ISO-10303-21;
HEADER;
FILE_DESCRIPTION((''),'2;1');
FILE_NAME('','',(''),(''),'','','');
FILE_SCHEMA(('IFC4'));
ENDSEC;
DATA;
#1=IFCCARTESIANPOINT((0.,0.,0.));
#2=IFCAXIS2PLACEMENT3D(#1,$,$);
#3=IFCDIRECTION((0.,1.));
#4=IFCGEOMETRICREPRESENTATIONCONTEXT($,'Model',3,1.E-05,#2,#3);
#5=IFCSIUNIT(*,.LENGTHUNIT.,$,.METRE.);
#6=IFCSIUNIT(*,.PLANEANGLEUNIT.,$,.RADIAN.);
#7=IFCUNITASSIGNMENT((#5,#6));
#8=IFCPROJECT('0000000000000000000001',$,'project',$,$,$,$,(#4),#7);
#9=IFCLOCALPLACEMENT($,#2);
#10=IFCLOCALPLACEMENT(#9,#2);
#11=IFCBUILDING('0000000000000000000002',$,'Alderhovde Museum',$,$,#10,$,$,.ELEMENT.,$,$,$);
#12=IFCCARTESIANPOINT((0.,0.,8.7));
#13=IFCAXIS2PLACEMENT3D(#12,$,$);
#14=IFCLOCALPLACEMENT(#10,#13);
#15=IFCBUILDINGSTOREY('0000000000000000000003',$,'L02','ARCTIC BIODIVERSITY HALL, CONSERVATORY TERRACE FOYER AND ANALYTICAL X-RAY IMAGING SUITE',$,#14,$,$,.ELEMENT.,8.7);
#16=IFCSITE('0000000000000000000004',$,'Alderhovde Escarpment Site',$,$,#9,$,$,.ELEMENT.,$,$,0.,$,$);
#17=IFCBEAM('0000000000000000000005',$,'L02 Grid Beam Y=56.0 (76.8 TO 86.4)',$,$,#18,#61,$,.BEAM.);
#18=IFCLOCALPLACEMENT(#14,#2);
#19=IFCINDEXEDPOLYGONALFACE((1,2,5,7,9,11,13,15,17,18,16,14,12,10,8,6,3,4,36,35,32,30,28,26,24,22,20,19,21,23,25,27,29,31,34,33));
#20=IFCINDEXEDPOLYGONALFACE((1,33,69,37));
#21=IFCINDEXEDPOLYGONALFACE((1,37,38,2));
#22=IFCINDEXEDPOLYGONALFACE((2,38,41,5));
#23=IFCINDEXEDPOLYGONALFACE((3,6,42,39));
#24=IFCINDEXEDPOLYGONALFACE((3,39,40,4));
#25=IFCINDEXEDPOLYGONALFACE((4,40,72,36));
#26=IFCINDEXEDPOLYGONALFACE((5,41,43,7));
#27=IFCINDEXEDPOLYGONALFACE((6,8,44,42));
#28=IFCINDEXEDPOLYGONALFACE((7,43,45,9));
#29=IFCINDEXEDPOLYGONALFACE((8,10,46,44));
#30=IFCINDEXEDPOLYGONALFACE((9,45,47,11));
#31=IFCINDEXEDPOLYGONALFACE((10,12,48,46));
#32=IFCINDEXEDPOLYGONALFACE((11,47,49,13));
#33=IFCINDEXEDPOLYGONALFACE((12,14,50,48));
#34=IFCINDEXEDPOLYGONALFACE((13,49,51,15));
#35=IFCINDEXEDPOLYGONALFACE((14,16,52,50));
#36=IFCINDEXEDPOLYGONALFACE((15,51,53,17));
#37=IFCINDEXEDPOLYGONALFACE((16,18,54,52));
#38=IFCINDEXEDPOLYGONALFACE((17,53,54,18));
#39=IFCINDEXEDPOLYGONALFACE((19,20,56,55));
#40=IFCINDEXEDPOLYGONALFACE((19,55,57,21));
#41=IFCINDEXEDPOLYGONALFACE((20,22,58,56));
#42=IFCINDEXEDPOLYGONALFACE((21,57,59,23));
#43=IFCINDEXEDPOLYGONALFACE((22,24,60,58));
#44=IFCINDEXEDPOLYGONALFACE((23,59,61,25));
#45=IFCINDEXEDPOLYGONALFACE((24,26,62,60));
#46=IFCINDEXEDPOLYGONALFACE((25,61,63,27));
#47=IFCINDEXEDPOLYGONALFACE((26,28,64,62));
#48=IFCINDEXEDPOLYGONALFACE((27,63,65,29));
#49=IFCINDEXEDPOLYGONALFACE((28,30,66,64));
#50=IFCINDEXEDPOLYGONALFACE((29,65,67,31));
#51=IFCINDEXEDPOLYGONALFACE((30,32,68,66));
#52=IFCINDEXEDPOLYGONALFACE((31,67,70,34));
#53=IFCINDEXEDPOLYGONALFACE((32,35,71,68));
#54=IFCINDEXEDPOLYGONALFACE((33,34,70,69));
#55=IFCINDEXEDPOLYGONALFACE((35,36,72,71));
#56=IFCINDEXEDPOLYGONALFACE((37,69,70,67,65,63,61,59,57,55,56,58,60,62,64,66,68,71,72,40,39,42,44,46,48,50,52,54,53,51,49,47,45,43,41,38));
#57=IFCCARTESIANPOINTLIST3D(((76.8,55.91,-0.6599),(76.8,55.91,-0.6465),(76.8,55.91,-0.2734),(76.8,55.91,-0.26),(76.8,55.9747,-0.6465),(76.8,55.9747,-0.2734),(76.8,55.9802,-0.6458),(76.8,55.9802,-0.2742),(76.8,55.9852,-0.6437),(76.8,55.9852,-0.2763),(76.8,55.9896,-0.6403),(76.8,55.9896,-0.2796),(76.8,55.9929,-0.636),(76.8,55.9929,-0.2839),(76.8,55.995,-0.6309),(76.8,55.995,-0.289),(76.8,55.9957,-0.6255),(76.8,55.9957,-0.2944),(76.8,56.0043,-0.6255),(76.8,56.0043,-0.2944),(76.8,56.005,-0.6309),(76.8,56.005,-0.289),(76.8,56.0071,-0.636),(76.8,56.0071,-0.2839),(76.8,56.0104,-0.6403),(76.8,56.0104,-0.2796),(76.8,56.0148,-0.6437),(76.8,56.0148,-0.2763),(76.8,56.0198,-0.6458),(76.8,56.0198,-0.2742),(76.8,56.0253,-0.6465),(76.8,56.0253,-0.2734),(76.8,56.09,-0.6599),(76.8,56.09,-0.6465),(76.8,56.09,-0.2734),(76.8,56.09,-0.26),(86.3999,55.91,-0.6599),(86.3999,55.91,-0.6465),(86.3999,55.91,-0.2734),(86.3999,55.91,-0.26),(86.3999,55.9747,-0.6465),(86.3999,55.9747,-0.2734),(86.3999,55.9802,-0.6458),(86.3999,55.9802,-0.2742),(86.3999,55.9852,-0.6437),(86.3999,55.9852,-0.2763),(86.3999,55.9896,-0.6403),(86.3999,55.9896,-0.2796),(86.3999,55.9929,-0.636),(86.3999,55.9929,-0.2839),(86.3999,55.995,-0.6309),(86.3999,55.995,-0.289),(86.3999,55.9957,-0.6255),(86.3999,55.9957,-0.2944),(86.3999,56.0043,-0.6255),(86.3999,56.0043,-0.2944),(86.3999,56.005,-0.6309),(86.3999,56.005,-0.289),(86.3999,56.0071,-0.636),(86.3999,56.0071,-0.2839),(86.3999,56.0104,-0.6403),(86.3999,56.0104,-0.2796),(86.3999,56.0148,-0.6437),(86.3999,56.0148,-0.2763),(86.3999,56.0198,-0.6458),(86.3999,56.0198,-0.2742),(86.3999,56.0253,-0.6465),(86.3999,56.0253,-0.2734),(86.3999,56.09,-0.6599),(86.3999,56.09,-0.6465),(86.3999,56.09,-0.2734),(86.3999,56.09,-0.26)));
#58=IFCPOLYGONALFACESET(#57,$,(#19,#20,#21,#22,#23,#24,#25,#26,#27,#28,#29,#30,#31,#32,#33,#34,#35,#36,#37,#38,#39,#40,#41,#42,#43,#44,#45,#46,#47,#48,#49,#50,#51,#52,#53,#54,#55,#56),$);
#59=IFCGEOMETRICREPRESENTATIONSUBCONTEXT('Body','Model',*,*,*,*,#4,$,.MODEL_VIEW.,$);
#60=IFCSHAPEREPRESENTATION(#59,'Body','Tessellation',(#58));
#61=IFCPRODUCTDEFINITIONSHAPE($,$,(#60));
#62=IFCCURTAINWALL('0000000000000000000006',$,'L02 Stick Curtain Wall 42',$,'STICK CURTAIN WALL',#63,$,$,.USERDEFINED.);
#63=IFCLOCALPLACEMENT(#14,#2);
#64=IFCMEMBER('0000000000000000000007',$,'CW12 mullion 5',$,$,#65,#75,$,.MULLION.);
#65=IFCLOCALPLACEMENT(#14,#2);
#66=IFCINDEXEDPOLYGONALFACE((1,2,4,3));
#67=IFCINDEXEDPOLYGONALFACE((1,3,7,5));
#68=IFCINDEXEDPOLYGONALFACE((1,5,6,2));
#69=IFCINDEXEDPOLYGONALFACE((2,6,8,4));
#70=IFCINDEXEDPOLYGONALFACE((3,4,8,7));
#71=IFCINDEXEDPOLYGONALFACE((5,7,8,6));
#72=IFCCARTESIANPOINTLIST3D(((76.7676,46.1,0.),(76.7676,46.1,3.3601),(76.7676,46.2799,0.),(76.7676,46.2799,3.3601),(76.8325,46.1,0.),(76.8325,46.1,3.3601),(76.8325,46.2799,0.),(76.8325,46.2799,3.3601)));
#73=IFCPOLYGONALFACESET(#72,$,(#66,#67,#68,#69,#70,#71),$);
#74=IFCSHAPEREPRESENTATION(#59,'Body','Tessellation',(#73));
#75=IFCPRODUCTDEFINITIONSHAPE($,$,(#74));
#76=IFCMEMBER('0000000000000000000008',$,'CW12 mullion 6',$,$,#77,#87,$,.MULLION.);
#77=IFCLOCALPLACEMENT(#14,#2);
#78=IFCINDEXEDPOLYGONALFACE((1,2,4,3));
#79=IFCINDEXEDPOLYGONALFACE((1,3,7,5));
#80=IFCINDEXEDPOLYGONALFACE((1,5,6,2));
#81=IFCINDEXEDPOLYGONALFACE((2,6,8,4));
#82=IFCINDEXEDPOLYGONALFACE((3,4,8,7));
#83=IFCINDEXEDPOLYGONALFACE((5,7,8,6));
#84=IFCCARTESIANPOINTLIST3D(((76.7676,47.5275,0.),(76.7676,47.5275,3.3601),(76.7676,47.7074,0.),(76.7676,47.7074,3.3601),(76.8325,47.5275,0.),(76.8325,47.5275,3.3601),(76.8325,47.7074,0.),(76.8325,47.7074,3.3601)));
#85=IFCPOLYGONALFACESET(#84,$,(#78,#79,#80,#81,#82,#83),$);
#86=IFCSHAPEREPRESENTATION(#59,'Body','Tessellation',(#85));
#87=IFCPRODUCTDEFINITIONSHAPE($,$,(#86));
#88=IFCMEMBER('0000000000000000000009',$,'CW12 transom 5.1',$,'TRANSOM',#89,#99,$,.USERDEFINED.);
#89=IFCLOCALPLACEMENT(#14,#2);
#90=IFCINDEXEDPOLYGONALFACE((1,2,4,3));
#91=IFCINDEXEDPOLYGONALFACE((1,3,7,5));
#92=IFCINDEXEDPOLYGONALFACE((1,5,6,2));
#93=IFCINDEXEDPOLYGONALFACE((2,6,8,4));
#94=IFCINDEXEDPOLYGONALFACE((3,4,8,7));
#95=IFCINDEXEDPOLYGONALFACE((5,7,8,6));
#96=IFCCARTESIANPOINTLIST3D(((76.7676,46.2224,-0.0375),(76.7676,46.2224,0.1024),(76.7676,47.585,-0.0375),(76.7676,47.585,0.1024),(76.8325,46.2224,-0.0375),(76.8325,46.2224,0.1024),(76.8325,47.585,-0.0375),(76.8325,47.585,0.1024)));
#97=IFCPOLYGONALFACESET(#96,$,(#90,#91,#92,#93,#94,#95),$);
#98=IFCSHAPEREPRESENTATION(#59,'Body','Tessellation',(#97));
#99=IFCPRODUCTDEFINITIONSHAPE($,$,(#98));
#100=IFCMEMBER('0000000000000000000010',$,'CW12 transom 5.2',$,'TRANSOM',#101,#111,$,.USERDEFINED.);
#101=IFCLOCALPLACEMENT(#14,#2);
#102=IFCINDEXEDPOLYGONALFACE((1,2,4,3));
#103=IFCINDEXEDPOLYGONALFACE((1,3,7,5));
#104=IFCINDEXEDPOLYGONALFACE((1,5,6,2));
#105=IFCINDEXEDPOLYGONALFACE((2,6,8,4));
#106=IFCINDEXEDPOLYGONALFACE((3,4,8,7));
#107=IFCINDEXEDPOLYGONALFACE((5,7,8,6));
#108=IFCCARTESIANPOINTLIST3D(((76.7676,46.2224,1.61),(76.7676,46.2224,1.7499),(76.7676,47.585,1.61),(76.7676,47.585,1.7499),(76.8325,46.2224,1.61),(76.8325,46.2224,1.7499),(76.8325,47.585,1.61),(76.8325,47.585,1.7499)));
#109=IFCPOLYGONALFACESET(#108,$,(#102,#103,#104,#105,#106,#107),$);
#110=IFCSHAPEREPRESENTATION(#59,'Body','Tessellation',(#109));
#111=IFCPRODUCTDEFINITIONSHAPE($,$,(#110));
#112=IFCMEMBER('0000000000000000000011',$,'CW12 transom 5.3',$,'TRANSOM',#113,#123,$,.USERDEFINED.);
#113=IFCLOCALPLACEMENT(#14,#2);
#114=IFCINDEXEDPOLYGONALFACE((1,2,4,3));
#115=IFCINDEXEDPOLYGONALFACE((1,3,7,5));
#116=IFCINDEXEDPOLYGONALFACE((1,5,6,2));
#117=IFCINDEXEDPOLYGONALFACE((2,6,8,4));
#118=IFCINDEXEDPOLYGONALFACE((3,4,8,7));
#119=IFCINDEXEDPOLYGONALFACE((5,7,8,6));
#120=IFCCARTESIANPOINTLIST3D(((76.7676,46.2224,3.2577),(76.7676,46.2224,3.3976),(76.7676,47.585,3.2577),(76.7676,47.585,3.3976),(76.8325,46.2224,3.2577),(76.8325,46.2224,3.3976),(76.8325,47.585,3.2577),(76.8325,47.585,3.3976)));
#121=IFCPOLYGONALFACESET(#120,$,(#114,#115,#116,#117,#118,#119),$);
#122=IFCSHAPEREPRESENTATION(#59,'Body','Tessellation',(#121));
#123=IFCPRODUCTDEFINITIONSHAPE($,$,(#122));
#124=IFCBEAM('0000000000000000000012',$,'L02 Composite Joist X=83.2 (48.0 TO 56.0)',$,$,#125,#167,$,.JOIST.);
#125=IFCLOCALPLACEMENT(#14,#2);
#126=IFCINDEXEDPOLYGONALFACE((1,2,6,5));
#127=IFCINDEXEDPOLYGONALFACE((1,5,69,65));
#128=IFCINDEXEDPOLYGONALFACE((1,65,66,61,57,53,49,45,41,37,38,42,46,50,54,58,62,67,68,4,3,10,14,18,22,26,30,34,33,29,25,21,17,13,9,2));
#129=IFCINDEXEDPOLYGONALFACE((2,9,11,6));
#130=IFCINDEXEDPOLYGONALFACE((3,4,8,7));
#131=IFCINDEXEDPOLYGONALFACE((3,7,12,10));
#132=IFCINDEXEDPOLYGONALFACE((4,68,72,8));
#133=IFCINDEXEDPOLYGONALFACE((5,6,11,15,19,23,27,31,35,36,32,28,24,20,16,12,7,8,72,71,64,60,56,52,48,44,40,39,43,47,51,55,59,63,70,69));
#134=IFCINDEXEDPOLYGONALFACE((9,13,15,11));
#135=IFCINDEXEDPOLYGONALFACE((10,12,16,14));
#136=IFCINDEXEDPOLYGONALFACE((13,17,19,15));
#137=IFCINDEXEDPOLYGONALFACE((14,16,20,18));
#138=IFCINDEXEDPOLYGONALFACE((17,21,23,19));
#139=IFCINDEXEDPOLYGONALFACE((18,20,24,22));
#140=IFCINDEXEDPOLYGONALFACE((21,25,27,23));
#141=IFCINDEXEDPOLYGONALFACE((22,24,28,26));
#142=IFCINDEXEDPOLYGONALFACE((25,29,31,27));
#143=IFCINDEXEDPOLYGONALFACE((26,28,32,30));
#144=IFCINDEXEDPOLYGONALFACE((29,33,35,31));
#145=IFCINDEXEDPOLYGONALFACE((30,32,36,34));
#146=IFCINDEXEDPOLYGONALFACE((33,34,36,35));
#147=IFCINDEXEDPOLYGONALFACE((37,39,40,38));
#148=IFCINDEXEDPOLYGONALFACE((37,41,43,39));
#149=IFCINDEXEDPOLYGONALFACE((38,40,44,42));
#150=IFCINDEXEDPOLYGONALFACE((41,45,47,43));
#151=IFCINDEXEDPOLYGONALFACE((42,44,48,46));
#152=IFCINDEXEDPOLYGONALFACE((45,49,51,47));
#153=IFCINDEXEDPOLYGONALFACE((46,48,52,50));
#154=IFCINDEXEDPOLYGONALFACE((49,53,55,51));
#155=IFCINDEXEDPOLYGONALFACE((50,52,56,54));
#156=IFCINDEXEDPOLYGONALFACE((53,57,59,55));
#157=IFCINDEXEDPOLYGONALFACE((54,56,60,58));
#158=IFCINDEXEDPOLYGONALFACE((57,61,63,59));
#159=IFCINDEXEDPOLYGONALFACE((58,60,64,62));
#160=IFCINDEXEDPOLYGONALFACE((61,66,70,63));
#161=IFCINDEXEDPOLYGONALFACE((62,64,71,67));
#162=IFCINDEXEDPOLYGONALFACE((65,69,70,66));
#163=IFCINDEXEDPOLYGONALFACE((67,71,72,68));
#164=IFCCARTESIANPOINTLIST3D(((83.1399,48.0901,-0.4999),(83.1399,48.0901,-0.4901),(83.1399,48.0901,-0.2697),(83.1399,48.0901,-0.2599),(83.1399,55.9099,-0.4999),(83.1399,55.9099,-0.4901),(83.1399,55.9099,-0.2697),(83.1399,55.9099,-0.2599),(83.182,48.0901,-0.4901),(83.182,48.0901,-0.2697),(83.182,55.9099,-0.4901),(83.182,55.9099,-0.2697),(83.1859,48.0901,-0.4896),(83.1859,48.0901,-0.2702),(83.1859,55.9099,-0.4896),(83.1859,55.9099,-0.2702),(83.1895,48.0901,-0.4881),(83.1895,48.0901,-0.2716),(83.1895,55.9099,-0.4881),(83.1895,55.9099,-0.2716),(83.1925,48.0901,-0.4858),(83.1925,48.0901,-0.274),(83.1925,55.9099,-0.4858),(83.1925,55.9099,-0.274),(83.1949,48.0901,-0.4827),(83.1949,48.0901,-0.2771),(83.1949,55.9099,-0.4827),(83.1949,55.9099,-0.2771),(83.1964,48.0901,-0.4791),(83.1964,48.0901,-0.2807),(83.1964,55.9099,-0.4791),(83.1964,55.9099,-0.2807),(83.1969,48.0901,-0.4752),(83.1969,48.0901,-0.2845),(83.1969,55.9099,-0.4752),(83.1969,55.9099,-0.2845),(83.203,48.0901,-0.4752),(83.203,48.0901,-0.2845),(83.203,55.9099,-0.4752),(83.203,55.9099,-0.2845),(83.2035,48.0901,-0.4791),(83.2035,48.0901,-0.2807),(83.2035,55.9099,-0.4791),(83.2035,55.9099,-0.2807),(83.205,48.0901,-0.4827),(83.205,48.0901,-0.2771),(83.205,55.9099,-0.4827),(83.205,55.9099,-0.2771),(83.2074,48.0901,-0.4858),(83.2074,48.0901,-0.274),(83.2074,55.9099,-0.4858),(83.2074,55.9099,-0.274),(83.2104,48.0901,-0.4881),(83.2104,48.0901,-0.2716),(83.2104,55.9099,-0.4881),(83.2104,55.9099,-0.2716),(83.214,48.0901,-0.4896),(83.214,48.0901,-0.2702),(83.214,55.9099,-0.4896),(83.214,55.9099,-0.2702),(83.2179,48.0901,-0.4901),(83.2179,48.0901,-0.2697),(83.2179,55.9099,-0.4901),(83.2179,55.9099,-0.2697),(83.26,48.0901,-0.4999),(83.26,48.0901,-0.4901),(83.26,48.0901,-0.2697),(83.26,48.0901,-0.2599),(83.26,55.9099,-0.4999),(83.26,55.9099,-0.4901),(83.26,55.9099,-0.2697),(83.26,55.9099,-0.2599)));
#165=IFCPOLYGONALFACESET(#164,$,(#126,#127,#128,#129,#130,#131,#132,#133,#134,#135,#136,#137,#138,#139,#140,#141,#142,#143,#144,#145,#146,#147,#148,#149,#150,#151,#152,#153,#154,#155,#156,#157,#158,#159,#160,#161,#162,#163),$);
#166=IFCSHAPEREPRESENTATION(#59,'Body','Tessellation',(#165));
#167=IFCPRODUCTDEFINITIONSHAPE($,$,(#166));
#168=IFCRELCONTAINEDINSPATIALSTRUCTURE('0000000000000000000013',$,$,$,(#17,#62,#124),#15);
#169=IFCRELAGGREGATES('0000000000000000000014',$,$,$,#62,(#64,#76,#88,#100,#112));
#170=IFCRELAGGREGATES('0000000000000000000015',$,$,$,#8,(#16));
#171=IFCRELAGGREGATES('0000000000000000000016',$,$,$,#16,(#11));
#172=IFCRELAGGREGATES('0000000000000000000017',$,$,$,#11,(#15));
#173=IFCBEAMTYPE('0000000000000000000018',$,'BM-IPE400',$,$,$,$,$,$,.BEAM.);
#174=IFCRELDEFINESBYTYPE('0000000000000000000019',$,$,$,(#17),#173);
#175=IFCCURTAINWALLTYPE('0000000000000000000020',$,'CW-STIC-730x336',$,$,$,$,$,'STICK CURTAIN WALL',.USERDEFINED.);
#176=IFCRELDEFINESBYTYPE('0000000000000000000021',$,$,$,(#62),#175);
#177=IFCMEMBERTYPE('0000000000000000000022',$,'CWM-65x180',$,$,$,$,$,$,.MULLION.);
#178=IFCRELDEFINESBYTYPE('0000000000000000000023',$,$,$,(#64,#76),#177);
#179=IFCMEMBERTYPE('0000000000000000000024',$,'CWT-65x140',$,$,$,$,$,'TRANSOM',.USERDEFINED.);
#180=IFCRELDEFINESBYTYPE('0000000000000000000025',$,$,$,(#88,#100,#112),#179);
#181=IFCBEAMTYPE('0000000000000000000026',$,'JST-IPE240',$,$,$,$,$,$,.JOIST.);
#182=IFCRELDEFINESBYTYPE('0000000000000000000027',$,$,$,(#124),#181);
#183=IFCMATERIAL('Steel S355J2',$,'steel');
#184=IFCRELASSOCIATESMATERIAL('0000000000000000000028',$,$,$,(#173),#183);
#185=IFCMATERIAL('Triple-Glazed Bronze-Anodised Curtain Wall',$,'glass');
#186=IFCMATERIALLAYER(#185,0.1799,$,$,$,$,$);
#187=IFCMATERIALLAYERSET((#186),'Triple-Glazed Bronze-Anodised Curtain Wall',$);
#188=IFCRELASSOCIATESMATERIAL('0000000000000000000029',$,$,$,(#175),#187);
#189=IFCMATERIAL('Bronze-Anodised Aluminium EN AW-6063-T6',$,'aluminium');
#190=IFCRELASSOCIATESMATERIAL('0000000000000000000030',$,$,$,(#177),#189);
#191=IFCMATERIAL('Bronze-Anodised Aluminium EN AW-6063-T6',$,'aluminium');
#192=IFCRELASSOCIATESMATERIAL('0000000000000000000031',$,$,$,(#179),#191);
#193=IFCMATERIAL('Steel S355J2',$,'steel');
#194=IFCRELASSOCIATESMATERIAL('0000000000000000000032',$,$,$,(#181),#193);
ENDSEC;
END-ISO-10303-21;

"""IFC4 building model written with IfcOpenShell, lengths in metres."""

from ifc_helpers import new_model, si_unit, direction, frame, origin, origin_2d, place, context, subcontext, project, spatial, rectangle, i_section, extrude, material, layer, layer_set, material_profile, profile_set, type_object, element, aggregate, save


model = new_model("IFC4")

# Units and contexts
model_context = context("Model", 3, precision=1e-05, world=origin(), true_north=direction((0.0, 1.0)))
body_context = subcontext(model_context, "Body", "Model", "MODEL_VIEW")
ifc_project = project(units=[si_unit("LENGTHUNIT", "METRE"), si_unit("PLANEANGLEUNIT", "RADIAN")], contexts=[model_context])

# Site, building, storey
site_placement = place(None, origin())
site = spatial("IfcSite", under=ifc_project, at=site_placement, Name="Alderhovde Escarpment Site", CompositionType="ELEMENT", RefElevation=0.0)
building_placement = place(site_placement, origin())
building = spatial("IfcBuilding", under=site, at=building_placement, Name="Alderhovde Museum", CompositionType="ELEMENT")
storey_placement = place(building_placement, frame((0.0, 0.0, 8.7)))
storey = spatial("IfcBuildingStorey", under=building, at=storey_placement, Name="L02", Description="ARCTIC BIODIVERSITY HALL, CONSERVATORY TERRACE FOYER AND ANALYTICAL X-RAY IMAGING SUITE", CompositionType="ELEMENT", Elevation=8.7)

# Beam
ifc_material_1 = material(Name="Steel S355J2", Category="steel")
ifc_material_profile_1 = material_profile(ifc_material_1, i_section(OverallWidth=0.1799, OverallDepth=0.3999, WebThickness=0.0085, FlangeThickness=0.0134, FilletRadius=0.021, at=origin_2d()), Name="IPE 400")
ifc_profile_set_1 = profile_set([ifc_material_profile_1], Name="Steel S355J2")
beam_type_1 = type_object("IfcBeamType", Name="BM-IPE400", PredefinedType="BEAM", material=ifc_profile_set_1)
beam_1_placement = place(storey_placement, frame((76.8, 56.0, -0.46), z_axis=(1.0, 0.0, 0.0), x_axis=(0.0, 1.0, 0.0)))
element("IfcBeam", 1, at=beam_1_placement, inside=storey, type_object=beam_type_1, Name="L02 Grid Beam Y=56.0 (76.8 TO 86.4)", PredefinedType="BEAM", context=body_context, shape_type="SweptSolid", body=[
    extrude(i_section(OverallWidth=0.1799, OverallDepth=0.3999, WebThickness=0.0085, FlangeThickness=0.0134, FilletRadius=0.021, at=origin_2d()), origin(), (0.0, 0.0, 1.0), 9.5999),
])

# Curtain wall, members
ifc_material_2 = material(Name="Triple-Glazed Bronze-Anodised Curtain Wall", Category="glass")
ifc_layer_1 = layer(ifc_material_2, 0.1799)
ifc_layer_set_1 = layer_set([ifc_layer_1], Name="Triple-Glazed Bronze-Anodised Curtain Wall")
curtain_wall_type = type_object("IfcCurtainWallType", Name="CW-STIC-730x336", ElementType="STICK CURTAIN WALL", PredefinedType="USERDEFINED", material=ifc_layer_set_1)
curtain_wall_placement = place(storey_placement, origin())
curtain_wall = element("IfcCurtainWall", 2, at=curtain_wall_placement, inside=storey, type_object=curtain_wall_type, Name="L02 Stick Curtain Wall 42", ObjectType="STICK CURTAIN WALL", PredefinedType="USERDEFINED")
ifc_material_3 = material(Name="Bronze-Anodised Aluminium EN AW-6063-T6", Category="aluminium")
ifc_material_profile_2 = material_profile(ifc_material_3, rectangle(XDim=0.0649, YDim=0.1799, at=origin_2d()), Name="MULLION 65x180")
ifc_profile_set_2 = profile_set([ifc_material_profile_2], Name="Bronze-Anodised Aluminium EN AW-6063-T6")
member_type_1 = type_object("IfcMemberType", Name="CWM-65x180", PredefinedType="MULLION", material=ifc_profile_set_2)
member_1_placement = place(storey_placement, frame((76.8, 46.1899, 0.0), z_axis=(0.0, 0.0, 1.0), x_axis=(-1.0, 0.0, 0.0)))
member_1 = element("IfcMember", 3, at=member_1_placement, type_object=member_type_1, Name="CW12 mullion 5", PredefinedType="MULLION", context=body_context, shape_type="SweptSolid", body=[
    extrude(rectangle(XDim=0.0649, YDim=0.1799, at=origin_2d()), origin(), (0.0, 0.0, 1.0), 3.3601),
])
member_2_placement = place(storey_placement, frame((76.8, 47.6174, 0.0), z_axis=(0.0, 0.0, 1.0), x_axis=(-1.0, 0.0, 0.0)))
member_2 = element("IfcMember", 4, at=member_2_placement, type_object=member_type_1, Name="CW12 mullion 6", PredefinedType="MULLION", context=body_context, shape_type="SweptSolid", body=[
    extrude(rectangle(XDim=0.0649, YDim=0.1799, at=origin_2d()), origin(), (0.0, 0.0, 1.0), 3.3601),
])
ifc_material_4 = material(Name="Bronze-Anodised Aluminium EN AW-6063-T6", Category="aluminium")
ifc_material_profile_3 = material_profile(ifc_material_4, rectangle(XDim=0.0649, YDim=0.1399, at=origin_2d()), Name="TRANSOM 65x140")
ifc_profile_set_3 = profile_set([ifc_material_profile_3], Name="Bronze-Anodised Aluminium EN AW-6063-T6")
member_type_2 = type_object("IfcMemberType", Name="CWT-65x140", ElementType="TRANSOM", PredefinedType="USERDEFINED", material=ifc_profile_set_3)
member_3_placement = place(storey_placement, frame((76.8, 46.2224, 0.0325), z_axis=(0.0, 1.0, 0.0), x_axis=(-1.0, 0.0, 0.0)))
member_3 = element("IfcMember", 5, at=member_3_placement, type_object=member_type_2, Name="CW12 transom 5.1", ObjectType="TRANSOM", PredefinedType="USERDEFINED", context=body_context, shape_type="SweptSolid", body=[
    extrude(rectangle(XDim=0.0649, YDim=0.1399, at=origin_2d()), origin(), (0.0, 0.0, 1.0), 1.3625),
])
member_4_placement = place(storey_placement, frame((76.8, 46.2224, 1.6799), z_axis=(0.0, 1.0, 0.0), x_axis=(-1.0, 0.0, 0.0)))
member_4 = element("IfcMember", 6, at=member_4_placement, type_object=member_type_2, Name="CW12 transom 5.2", ObjectType="TRANSOM", PredefinedType="USERDEFINED", context=body_context, shape_type="SweptSolid", body=[
    extrude(rectangle(XDim=0.0649, YDim=0.1399, at=origin_2d()), origin(), (0.0, 0.0, 1.0), 1.3625),
])
member_5_placement = place(storey_placement, frame((76.8, 46.2224, 3.3276), z_axis=(0.0, 1.0, 0.0), x_axis=(-1.0, 0.0, 0.0)))
member_5 = element("IfcMember", 7, at=member_5_placement, type_object=member_type_2, Name="CW12 transom 5.3", ObjectType="TRANSOM", PredefinedType="USERDEFINED", context=body_context, shape_type="SweptSolid", body=[
    extrude(rectangle(XDim=0.0649, YDim=0.1399, at=origin_2d()), origin(), (0.0, 0.0, 1.0), 1.3625),
])

# Beam
ifc_material_5 = material(Name="Steel S355J2", Category="steel")
ifc_material_profile_4 = material_profile(ifc_material_5, i_section(OverallWidth=0.1201, OverallDepth=0.24, WebThickness=0.0061, FlangeThickness=0.0098, FilletRadius=0.0149, at=origin_2d()), Name="IPE 240")
ifc_profile_set_4 = profile_set([ifc_material_profile_4], Name="Steel S355J2")
beam_type_2 = type_object("IfcBeamType", Name="JST-IPE240", PredefinedType="JOIST", material=ifc_profile_set_4)
for number, where, z_axis, x_axis, name in (
    (8, (83.2, 48.0901, -0.3799), (0.0, 1.0, 0.0), (-1.0, 0.0, 0.0), "L02 Composite Joist X=83.2 (48.0 TO 56.0)"),
):
    element("IfcBeam", number, at=place(storey_placement, frame(where, z_axis=z_axis, x_axis=x_axis)), inside=storey, type_object=beam_type_2, Name=name, PredefinedType="JOIST", context=body_context, shape_type="SweptSolid", body=[
        extrude(i_section(OverallWidth=0.1201, OverallDepth=0.24, WebThickness=0.0061, FlangeThickness=0.0098, FilletRadius=0.0149, at=origin_2d()), origin(), (0.0, 0.0, 1.0), 7.8198),
    ])

aggregate(curtain_wall, [member_1, member_2, member_3, member_4, member_5])

save(model, "model.ifc")
